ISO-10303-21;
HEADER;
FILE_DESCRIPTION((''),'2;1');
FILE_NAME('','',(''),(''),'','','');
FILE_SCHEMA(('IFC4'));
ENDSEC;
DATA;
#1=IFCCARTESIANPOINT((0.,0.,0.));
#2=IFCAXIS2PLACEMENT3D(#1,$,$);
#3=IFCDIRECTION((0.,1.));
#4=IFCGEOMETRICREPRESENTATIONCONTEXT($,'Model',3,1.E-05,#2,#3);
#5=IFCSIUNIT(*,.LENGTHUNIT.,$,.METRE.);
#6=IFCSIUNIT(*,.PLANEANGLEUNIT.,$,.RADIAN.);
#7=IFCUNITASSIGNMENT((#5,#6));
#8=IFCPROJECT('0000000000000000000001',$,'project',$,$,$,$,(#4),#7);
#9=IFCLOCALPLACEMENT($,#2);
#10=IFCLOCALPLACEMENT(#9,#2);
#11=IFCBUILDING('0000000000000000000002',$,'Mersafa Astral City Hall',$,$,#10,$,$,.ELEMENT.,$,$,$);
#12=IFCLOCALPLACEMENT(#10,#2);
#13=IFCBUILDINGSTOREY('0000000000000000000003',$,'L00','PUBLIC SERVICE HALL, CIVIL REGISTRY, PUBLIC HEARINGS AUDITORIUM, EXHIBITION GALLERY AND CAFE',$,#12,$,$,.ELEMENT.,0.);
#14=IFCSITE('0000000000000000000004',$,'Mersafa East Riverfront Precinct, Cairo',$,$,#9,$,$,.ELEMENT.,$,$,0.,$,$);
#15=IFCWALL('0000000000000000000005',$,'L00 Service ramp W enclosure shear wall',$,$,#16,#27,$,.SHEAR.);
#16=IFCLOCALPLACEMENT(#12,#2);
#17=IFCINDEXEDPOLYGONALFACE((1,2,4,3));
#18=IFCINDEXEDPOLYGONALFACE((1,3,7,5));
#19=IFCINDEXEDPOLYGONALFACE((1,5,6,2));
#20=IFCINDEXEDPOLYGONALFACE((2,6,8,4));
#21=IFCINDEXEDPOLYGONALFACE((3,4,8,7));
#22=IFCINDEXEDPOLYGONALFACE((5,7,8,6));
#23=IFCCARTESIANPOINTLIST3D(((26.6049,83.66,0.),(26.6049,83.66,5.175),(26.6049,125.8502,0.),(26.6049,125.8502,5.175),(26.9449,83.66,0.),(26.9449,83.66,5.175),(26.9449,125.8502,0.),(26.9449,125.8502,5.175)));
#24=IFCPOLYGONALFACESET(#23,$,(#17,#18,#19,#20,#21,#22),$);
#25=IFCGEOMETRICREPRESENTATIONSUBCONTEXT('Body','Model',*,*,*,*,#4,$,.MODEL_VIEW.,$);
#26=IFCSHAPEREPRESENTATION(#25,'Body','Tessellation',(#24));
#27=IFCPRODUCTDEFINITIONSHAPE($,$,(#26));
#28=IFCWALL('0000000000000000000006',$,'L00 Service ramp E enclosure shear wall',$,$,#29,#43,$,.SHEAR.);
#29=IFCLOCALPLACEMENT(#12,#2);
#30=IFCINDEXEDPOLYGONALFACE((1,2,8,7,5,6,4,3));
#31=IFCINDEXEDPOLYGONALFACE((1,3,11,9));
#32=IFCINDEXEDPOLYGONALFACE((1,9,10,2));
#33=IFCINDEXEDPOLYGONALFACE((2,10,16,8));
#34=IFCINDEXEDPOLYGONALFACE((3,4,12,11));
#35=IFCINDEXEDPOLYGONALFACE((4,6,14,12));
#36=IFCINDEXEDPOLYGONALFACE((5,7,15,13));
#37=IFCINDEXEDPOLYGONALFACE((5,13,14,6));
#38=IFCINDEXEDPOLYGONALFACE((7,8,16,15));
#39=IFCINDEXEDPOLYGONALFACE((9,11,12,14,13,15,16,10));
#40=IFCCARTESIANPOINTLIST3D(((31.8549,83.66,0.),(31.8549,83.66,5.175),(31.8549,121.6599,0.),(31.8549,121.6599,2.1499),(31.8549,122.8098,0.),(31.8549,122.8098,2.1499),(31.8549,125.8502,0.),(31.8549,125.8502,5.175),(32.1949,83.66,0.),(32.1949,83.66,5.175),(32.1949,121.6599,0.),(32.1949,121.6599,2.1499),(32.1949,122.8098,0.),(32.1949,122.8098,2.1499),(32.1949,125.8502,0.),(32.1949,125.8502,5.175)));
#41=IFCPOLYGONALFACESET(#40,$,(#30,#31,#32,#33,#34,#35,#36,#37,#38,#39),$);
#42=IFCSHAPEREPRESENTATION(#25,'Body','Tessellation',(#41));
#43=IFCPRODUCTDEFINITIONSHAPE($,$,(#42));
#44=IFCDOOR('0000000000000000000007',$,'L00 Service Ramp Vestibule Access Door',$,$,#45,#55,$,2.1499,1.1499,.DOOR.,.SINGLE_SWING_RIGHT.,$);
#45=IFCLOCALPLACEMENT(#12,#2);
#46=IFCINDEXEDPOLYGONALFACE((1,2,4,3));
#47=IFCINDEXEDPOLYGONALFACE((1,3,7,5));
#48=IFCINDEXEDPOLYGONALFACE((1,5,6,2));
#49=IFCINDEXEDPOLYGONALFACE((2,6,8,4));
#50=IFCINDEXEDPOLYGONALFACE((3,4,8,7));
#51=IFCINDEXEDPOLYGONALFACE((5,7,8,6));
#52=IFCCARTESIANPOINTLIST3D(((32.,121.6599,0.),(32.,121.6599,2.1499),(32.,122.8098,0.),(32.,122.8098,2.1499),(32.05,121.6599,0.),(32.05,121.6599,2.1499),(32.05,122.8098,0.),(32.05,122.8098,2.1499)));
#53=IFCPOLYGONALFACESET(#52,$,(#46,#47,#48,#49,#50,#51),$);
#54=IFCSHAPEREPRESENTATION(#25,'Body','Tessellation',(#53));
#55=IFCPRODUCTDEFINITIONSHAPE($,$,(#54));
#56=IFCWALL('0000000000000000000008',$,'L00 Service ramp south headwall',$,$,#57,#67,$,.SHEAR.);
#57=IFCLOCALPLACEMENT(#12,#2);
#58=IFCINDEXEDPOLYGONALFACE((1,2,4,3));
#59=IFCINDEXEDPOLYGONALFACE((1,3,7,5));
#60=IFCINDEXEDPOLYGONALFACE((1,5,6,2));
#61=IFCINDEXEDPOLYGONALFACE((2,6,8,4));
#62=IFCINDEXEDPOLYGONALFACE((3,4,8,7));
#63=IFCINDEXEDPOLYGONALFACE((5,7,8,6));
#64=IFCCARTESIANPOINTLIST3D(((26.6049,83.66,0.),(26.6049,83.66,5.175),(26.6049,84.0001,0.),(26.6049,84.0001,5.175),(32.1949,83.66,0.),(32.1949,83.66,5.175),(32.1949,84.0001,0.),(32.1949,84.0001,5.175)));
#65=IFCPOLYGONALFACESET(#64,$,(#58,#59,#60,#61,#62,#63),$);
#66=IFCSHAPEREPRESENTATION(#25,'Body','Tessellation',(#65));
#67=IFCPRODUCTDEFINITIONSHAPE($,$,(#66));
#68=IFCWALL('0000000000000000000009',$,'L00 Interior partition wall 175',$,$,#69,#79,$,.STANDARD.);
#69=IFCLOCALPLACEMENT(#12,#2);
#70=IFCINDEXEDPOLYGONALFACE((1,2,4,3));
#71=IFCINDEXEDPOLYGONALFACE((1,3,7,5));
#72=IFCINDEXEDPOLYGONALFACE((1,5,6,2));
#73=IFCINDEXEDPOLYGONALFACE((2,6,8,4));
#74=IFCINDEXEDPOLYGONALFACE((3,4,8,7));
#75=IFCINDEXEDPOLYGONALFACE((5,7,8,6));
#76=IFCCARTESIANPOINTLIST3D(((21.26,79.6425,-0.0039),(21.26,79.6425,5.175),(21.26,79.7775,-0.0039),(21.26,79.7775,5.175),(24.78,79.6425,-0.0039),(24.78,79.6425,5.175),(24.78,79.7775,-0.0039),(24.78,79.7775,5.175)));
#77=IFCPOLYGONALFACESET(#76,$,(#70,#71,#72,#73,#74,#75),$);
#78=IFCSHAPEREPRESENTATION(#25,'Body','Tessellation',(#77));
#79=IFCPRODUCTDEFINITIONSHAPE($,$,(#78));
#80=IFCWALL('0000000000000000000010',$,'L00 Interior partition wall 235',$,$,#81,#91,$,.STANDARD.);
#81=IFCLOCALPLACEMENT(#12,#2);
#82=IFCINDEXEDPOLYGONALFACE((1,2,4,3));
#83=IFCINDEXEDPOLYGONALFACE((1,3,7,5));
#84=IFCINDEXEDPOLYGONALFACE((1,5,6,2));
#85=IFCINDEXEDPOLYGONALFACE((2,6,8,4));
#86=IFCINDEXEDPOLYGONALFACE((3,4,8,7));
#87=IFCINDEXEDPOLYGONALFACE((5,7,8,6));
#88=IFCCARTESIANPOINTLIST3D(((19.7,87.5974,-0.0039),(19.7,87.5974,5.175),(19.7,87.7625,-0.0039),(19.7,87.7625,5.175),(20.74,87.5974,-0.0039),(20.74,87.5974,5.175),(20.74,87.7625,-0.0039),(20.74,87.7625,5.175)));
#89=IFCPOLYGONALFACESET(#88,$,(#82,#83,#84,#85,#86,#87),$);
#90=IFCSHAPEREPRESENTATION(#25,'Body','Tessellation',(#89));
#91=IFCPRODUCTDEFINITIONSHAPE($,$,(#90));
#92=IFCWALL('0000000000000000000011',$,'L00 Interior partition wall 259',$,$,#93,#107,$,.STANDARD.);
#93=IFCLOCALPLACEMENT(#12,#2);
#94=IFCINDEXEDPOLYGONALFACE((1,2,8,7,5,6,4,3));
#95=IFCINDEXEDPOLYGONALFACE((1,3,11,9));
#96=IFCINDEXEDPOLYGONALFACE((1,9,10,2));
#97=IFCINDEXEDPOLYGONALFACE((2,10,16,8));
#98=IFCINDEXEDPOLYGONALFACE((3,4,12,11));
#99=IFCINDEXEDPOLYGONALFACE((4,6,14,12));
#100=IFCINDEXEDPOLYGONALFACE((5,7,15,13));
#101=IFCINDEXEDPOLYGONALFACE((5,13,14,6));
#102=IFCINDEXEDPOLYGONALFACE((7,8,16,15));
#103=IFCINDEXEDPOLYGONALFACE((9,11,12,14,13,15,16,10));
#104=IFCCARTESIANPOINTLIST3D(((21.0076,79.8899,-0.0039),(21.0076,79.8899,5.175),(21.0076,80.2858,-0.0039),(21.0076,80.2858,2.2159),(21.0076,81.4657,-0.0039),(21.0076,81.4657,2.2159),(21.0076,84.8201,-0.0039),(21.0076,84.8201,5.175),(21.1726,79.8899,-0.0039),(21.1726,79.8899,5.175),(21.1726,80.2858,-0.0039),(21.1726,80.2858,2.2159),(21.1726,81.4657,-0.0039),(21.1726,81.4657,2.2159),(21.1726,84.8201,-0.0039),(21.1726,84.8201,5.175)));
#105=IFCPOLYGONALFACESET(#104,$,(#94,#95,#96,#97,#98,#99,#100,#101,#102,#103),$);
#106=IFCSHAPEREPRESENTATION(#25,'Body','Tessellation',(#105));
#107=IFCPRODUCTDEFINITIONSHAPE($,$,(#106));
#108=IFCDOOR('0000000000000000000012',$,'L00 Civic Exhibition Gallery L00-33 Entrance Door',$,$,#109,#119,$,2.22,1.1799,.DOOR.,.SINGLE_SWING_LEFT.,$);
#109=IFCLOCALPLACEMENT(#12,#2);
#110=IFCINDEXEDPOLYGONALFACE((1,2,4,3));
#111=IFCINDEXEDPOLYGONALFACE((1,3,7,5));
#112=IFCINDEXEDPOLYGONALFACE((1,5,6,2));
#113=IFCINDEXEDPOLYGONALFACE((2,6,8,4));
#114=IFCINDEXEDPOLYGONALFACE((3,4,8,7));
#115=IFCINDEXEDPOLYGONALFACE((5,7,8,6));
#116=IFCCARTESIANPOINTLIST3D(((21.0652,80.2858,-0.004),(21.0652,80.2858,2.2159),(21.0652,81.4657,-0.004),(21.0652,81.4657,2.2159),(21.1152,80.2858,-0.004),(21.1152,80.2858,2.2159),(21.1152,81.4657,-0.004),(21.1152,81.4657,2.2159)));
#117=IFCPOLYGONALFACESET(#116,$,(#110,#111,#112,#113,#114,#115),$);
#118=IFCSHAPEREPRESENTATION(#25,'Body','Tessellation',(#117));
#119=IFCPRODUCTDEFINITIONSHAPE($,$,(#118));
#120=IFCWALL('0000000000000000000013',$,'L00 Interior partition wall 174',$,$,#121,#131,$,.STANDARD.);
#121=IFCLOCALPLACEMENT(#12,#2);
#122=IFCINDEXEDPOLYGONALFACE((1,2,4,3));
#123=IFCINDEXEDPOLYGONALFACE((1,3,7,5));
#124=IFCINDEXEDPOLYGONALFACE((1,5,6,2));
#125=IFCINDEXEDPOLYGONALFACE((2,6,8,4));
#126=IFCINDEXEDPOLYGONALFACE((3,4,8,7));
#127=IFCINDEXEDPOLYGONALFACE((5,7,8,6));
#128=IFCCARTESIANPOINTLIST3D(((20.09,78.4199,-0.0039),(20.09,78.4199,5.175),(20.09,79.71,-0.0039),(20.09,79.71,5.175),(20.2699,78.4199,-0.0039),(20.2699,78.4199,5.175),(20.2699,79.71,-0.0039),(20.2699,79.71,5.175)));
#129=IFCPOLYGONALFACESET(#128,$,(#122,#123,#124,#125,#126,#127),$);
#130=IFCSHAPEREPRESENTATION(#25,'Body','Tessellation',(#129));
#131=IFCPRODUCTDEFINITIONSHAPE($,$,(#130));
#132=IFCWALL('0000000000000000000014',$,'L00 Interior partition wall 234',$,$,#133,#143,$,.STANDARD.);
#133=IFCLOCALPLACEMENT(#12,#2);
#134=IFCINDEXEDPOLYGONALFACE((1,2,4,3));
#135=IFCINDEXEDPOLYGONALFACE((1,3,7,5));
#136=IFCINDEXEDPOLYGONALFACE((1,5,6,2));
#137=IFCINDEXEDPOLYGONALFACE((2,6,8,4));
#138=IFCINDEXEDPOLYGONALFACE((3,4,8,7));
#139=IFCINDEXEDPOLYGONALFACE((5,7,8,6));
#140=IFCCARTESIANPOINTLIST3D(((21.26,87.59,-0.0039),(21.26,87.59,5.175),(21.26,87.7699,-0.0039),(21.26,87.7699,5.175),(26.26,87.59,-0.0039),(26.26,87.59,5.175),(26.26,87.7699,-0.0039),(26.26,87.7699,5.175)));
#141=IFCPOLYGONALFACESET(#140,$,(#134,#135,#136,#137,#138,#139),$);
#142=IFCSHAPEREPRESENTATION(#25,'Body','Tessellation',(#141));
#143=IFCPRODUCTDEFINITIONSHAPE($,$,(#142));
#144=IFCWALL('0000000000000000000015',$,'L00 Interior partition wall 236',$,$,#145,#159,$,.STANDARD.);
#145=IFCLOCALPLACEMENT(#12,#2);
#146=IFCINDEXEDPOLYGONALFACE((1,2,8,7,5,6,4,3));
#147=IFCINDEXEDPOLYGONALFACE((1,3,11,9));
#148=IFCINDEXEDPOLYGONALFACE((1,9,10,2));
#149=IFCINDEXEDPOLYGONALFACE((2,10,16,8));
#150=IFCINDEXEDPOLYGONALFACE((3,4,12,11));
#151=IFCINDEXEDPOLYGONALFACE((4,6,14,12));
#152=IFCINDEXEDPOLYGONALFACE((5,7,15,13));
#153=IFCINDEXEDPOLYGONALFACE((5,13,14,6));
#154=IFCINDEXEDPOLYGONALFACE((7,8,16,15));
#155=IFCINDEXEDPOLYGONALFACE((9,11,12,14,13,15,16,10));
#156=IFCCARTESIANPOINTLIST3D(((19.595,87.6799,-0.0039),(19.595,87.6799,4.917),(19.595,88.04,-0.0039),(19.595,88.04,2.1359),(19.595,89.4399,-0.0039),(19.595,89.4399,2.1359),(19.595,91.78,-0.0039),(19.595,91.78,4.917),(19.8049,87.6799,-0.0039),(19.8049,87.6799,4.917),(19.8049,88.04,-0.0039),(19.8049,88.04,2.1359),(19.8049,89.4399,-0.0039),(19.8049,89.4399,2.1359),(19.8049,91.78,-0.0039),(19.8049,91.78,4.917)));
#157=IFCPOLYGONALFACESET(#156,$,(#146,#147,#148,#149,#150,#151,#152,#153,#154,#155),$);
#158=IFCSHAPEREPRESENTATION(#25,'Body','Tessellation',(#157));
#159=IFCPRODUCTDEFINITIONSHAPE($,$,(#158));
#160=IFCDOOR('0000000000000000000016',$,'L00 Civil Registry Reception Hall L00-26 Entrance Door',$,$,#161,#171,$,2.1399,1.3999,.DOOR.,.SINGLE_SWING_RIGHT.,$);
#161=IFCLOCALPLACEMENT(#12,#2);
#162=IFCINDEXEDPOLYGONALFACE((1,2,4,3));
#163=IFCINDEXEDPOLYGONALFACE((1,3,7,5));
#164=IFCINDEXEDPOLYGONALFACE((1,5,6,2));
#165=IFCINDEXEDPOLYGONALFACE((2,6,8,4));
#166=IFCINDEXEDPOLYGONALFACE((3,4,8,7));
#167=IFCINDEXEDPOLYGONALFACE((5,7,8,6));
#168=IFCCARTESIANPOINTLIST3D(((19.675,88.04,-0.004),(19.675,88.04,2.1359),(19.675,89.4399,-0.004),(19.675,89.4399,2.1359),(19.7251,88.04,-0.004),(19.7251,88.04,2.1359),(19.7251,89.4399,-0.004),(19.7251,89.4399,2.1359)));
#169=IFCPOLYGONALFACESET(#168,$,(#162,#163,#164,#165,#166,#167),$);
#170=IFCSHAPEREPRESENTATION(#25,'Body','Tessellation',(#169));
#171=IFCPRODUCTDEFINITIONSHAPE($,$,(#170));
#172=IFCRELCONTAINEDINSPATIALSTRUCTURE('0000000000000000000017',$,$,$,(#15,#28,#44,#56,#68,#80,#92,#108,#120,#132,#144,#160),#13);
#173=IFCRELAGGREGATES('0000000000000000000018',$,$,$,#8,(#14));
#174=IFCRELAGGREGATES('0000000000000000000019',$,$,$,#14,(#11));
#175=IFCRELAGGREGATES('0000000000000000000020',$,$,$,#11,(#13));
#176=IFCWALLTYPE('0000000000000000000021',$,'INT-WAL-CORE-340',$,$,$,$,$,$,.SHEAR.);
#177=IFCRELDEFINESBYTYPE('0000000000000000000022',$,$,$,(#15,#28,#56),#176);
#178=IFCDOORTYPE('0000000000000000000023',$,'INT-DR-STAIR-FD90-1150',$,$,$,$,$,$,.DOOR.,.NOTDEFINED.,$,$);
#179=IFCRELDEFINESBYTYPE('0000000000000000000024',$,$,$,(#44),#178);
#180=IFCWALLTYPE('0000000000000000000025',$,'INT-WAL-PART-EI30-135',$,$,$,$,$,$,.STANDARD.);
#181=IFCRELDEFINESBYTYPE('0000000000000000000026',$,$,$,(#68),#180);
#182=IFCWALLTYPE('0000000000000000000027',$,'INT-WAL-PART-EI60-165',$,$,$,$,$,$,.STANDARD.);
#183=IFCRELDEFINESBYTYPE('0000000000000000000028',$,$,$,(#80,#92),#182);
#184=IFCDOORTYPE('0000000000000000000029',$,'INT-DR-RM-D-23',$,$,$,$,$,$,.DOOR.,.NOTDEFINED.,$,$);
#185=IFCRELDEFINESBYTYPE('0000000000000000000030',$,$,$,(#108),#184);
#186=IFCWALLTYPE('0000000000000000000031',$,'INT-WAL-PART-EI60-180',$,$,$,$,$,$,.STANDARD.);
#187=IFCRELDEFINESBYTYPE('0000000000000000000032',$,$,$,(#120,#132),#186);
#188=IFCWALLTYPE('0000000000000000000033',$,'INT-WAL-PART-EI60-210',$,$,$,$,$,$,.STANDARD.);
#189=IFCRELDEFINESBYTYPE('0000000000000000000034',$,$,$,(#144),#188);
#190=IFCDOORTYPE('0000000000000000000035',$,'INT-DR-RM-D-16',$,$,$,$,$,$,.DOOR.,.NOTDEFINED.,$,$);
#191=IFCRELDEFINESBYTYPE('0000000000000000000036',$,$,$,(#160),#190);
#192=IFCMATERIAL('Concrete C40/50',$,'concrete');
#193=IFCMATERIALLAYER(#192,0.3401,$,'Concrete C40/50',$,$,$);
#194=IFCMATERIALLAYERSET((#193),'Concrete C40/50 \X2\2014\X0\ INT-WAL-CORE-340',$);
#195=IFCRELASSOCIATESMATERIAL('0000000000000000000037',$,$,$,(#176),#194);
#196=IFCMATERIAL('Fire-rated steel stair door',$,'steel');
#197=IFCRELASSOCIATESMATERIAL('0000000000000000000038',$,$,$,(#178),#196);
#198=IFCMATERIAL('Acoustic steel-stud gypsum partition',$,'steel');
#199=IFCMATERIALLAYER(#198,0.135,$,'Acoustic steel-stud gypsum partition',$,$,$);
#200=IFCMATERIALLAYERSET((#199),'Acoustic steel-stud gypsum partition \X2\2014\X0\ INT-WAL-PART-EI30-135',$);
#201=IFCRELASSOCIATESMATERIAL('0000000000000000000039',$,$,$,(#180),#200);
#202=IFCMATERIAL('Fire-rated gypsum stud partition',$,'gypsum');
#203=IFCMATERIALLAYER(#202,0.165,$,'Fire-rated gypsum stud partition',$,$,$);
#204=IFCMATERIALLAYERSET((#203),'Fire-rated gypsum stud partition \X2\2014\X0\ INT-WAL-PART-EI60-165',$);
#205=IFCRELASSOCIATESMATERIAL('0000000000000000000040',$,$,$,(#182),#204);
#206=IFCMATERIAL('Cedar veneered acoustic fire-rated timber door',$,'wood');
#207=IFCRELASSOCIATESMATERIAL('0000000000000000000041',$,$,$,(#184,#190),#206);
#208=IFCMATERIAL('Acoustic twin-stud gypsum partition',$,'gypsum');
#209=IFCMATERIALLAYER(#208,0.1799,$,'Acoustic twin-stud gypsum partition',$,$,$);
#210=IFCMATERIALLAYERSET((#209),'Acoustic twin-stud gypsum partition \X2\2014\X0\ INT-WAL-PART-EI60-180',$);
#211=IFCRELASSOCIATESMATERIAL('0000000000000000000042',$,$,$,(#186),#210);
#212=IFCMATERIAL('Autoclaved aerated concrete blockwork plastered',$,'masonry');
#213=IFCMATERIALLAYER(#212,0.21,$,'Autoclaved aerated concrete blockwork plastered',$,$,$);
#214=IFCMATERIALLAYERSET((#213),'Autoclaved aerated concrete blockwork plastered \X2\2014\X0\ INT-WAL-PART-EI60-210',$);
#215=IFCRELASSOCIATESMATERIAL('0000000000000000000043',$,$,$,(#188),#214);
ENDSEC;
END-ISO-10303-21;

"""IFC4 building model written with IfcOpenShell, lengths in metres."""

from ifc_helpers import new_model, si_unit, direction, frame, frame_2d, origin, place, context, subcontext, project, spatial, rectangle, extrude, material, layer, layer_set, type_object, element, fill, save


model = new_model("IFC4")

# Units and contexts
model_context = context("Model", 3, precision=1e-05, world=origin(), true_north=direction((0.0, 1.0)))
body_context = subcontext(model_context, "Body", "Model", "MODEL_VIEW")
ifc_project = project(units=[si_unit("LENGTHUNIT", "METRE"), si_unit("PLANEANGLEUNIT", "RADIAN")], contexts=[model_context])

# Site, building, storey
site_placement = place(None, origin())
site = spatial("IfcSite", under=ifc_project, at=site_placement, Name="Mersafa East Riverfront Precinct, Cairo", CompositionType="ELEMENT", RefElevation=0.0)
building_placement = place(site_placement, origin())
building = spatial("IfcBuilding", under=site, at=building_placement, Name="Mersafa Astral City Hall", CompositionType="ELEMENT")
storey_placement = place(building_placement, origin())
storey = spatial("IfcBuildingStorey", under=building, at=storey_placement, Name="L00", Description="PUBLIC SERVICE HALL, CIVIL REGISTRY, PUBLIC HEARINGS AUDITORIUM, EXHIBITION GALLERY AND CAFE", CompositionType="ELEMENT", Elevation=0.0)

# Wall
ifc_material_1 = material(Name="Concrete C40/50", Category="concrete")
ifc_layer_1 = layer(ifc_material_1, 0.3401, Name="Concrete C40/50")
ifc_layer_set_1 = layer_set([ifc_layer_1], Name="Concrete C40/50 — INT-WAL-CORE-340")
wall_type_1 = type_object("IfcWallType", Name="INT-WAL-CORE-340", PredefinedType="SHEAR", material=ifc_layer_set_1)
wall_1_placement = place(storey_placement, frame((26.7749, 83.6599, 0.0), z_axis=(0.0, 0.0, 1.0), x_axis=(0.0, 1.0, 0.0)))
element("IfcWall", 1, at=wall_1_placement, inside=storey, type_object=wall_type_1, Name="L00 Service ramp W enclosure shear wall", PredefinedType="SHEAR", context=body_context, shape_type="SweptSolid", body=[
    extrude(rectangle(XDim=42.1902, YDim=0.3401, at=frame_2d((21.0952, 0.0))), origin(), (0.0, 0.0, 1.0), 5.175),
])

# Wall, opening, door
wall_2_placement = place(storey_placement, frame((32.0249, 83.6599, 0.0), z_axis=(0.0, 0.0, 1.0), x_axis=(0.0, 1.0, 0.0)))
wall_2 = element("IfcWall", 2, at=wall_2_placement, inside=storey, type_object=wall_type_1, Name="L00 Service ramp E enclosure shear wall", PredefinedType="SHEAR", context=body_context, shape_type="SweptSolid", body=[
    extrude(rectangle(XDim=42.1902, YDim=0.3401, at=frame_2d((21.0952, 0.0))), origin(), (0.0, 0.0, 1.0), 5.175),
])
opening_1_placement = place(wall_2_placement, frame((38.0, 0.0, 0.0)))
opening_1 = element("IfcOpeningElement", 3, at=opening_1_placement, cuts=wall_2, PredefinedType="OPENING", context=body_context, shape_type="SweptSolid", body=[
    extrude(rectangle(XDim=1.1499, YDim=2.1499, at=frame_2d((0.575, 1.075))), frame((0.0, 0.1799, 0.0), z_axis=(0.0, -1.0, 0.0), x_axis=(1.0, 0.0, 0.0)), (0.0, 0.0, 1.0), 0.3601),
])
ifc_material_2 = material(Name="Fire-rated steel stair door", Category="steel")
door_type_1 = type_object("IfcDoorType", Name="INT-DR-STAIR-FD90-1150", OperationType="NOTDEFINED", PredefinedType="DOOR", material=ifc_material_2)
door_1_placement = place(opening_1_placement, origin())
door_1 = element("IfcDoor", 4, at=door_1_placement, inside=storey, type_object=door_type_1, Name="L00 Service Ramp Vestibule Access Door", OperationType="SINGLE_SWING_RIGHT", OverallHeight=2.1499, OverallWidth=1.1499, PredefinedType="DOOR", context=body_context, shape_type="SweptSolid", body=[
    extrude(rectangle(XDim=1.1499, YDim=2.1499, at=frame_2d((0.575, 1.075))), frame((0.0, 0.0249, 0.0), z_axis=(0.0, -1.0, 0.0), x_axis=(1.0, 0.0, 0.0)), (0.0, 0.0, 1.0), 0.05),
])
fill(opening_1, door_1)

# Walls
wall_3_placement = place(storey_placement, frame((26.605, 83.8301, 0.0), z_axis=(0.0, 0.0, 1.0), x_axis=(1.0, 0.0, 0.0)))
element("IfcWall", 5, at=wall_3_placement, inside=storey, type_object=wall_type_1, Name="L00 Service ramp south headwall", PredefinedType="SHEAR", context=body_context, shape_type="SweptSolid", body=[
    extrude(rectangle(XDim=5.5901, YDim=0.3401, at=frame_2d((2.7949, 0.0))), origin(), (0.0, 0.0, 1.0), 5.175),
])
ifc_material_3 = material(Name="Acoustic steel-stud gypsum partition", Category="steel")
ifc_layer_2 = layer(ifc_material_3, 0.135, Name="Acoustic steel-stud gypsum partition")
ifc_layer_set_2 = layer_set([ifc_layer_2], Name="Acoustic steel-stud gypsum partition — INT-WAL-PART-EI30-135")
wall_type_2 = type_object("IfcWallType", Name="INT-WAL-PART-EI30-135", PredefinedType="STANDARD", material=ifc_layer_set_2)
wall_4_placement = place(storey_placement, frame((21.26, 79.71, -0.0039), z_axis=(0.0, 0.0, 1.0), x_axis=(1.0, 0.0, 0.0)))
element("IfcWall", 6, at=wall_4_placement, inside=storey, type_object=wall_type_2, Name="L00 Interior partition wall 175", PredefinedType="STANDARD", context=body_context, shape_type="SweptSolid", body=[
    extrude(rectangle(XDim=3.52, YDim=0.135, at=frame_2d((1.76, 0.0))), origin(), (0.0, 0.0, 1.0), 5.179),
])
ifc_material_4 = material(Name="Fire-rated gypsum stud partition", Category="gypsum")
ifc_layer_3 = layer(ifc_material_4, 0.165, Name="Fire-rated gypsum stud partition")
ifc_layer_set_3 = layer_set([ifc_layer_3], Name="Fire-rated gypsum stud partition — INT-WAL-PART-EI60-165")
wall_type_3 = type_object("IfcWallType", Name="INT-WAL-PART-EI60-165", PredefinedType="STANDARD", material=ifc_layer_set_3)
wall_5_placement = place(storey_placement, frame((20.74, 87.6799, -0.0039), z_axis=(0.0, 0.0, 1.0), x_axis=(-1.0, 0.0, 0.0)))
element("IfcWall", 7, at=wall_5_placement, inside=storey, type_object=wall_type_3, Name="L00 Interior partition wall 235", PredefinedType="STANDARD", context=body_context, shape_type="SweptSolid", body=[
    extrude(rectangle(XDim=1.04, YDim=0.165, at=frame_2d((0.52, 0.0))), origin(), (0.0, 0.0, 1.0), 5.179),
])

# Wall, opening, door
wall_6_placement = place(storey_placement, frame((21.0901, 79.8899, -0.0039), z_axis=(0.0, 0.0, 1.0), x_axis=(0.0, 1.0, 0.0)))
wall_6 = element("IfcWall", 8, at=wall_6_placement, inside=storey, type_object=wall_type_3, Name="L00 Interior partition wall 259", PredefinedType="STANDARD", context=body_context, shape_type="SweptSolid", body=[
    extrude(rectangle(XDim=4.9302, YDim=0.165, at=frame_2d((2.4651, 0.0))), origin(), (0.0, 0.0, 1.0), 5.179),
])
opening_2_placement = place(wall_6_placement, frame((0.396, 0.0, 0.0)))
opening_2 = element("IfcOpeningElement", 9, at=opening_2_placement, cuts=wall_6, PredefinedType="OPENING", context=body_context, shape_type="SweptSolid", body=[
    extrude(rectangle(XDim=1.1799, YDim=2.22, at=frame_2d((0.5898, 1.1099))), frame((0.0, 0.0925, 0.0), z_axis=(0.0, -1.0, 0.0), x_axis=(1.0, 0.0, 0.0)), (0.0, 0.0, 1.0), 0.1851),
])
ifc_material_5 = material(Name="Cedar veneered acoustic fire-rated timber door", Category="wood")
door_type_2 = type_object("IfcDoorType", Name="INT-DR-RM-D-23", OperationType="NOTDEFINED", PredefinedType="DOOR", material=ifc_material_5)
door_2_placement = place(opening_2_placement, origin())
door_2 = element("IfcDoor", 10, at=door_2_placement, inside=storey, type_object=door_type_2, Name="L00 Civic Exhibition Gallery L00-33 Entrance Door", OperationType="SINGLE_SWING_LEFT", OverallHeight=2.22, OverallWidth=1.1799, PredefinedType="DOOR", context=body_context, shape_type="SweptSolid", body=[
    extrude(rectangle(XDim=1.1799, YDim=2.22, at=frame_2d((0.5898, 1.1099))), frame((0.0, 0.0249, 0.0), z_axis=(0.0, -1.0, 0.0), x_axis=(1.0, 0.0, 0.0)), (0.0, 0.0, 1.0), 0.05),
])
fill(opening_2, door_2)

# Walls
ifc_material_6 = material(Name="Acoustic twin-stud gypsum partition", Category="gypsum")
ifc_layer_4 = layer(ifc_material_6, 0.1799, Name="Acoustic twin-stud gypsum partition")
ifc_layer_set_4 = layer_set([ifc_layer_4], Name="Acoustic twin-stud gypsum partition — INT-WAL-PART-EI60-180")
wall_type_4 = type_object("IfcWallType", Name="INT-WAL-PART-EI60-180", PredefinedType="STANDARD", material=ifc_layer_set_4)
wall_7_placement = place(storey_placement, frame((20.1799, 78.4199, -0.0039), z_axis=(0.0, 0.0, 1.0), x_axis=(0.0, 1.0, 0.0)))
element("IfcWall", 11, at=wall_7_placement, inside=storey, type_object=wall_type_4, Name="L00 Interior partition wall 174", PredefinedType="STANDARD", context=body_context, shape_type="SweptSolid", body=[
    extrude(rectangle(XDim=1.29, YDim=0.1799, at=frame_2d((0.645, 0.0))), origin(), (0.0, 0.0, 1.0), 5.179),
])
wall_8_placement = place(storey_placement, frame((26.26, 87.6799, -0.0039), z_axis=(0.0, 0.0, 1.0), x_axis=(-1.0, 0.0, 0.0)))
element("IfcWall", 12, at=wall_8_placement, inside=storey, type_object=wall_type_4, Name="L00 Interior partition wall 234", PredefinedType="STANDARD", context=body_context, shape_type="SweptSolid", body=[
    extrude(rectangle(XDim=5.0, YDim=0.1799, at=frame_2d((2.5, 0.0))), origin(), (0.0, 0.0, 1.0), 5.179),
])

# Wall, opening, door
ifc_material_7 = material(Name="Autoclaved aerated concrete blockwork plastered", Category="masonry")
ifc_layer_5 = layer(ifc_material_7, 0.21, Name="Autoclaved aerated concrete blockwork plastered")
ifc_layer_set_5 = layer_set([ifc_layer_5], Name="Autoclaved aerated concrete blockwork plastered — INT-WAL-PART-EI60-210")
wall_type_5 = type_object("IfcWallType", Name="INT-WAL-PART-EI60-210", PredefinedType="STANDARD", material=ifc_layer_set_5)
wall_9_placement = place(storey_placement, frame((19.7, 87.6799, -0.0039), z_axis=(0.0, 0.0, 1.0), x_axis=(0.0, 1.0, 0.0)))
wall_9 = element("IfcWall", 13, at=wall_9_placement, inside=storey, type_object=wall_type_5, Name="L00 Interior partition wall 236", PredefinedType="STANDARD", context=body_context, shape_type="SweptSolid", body=[
    extrude(rectangle(XDim=4.1001, YDim=0.21, at=frame_2d((2.05, 0.0))), origin(), (0.0, 0.0, 1.0), 4.9209),
])
opening_3_placement = place(wall_9_placement, frame((0.3601, 0.0, 0.0)))
opening_3 = element("IfcOpeningElement", 14, at=opening_3_placement, cuts=wall_9, PredefinedType="OPENING", context=body_context, shape_type="SweptSolid", body=[
    extrude(rectangle(XDim=1.3999, YDim=2.1399, at=frame_2d((0.7, 1.0698))), frame((0.0, 0.115, 0.0), z_axis=(0.0, -1.0, 0.0), x_axis=(1.0, 0.0, 0.0)), (0.0, 0.0, 1.0), 0.23),
])
door_type_3 = type_object("IfcDoorType", Name="INT-DR-RM-D-16", OperationType="NOTDEFINED", PredefinedType="DOOR", material=ifc_material_5)
door_3_placement = place(opening_3_placement, origin())
door_3 = element("IfcDoor", 15, at=door_3_placement, inside=storey, type_object=door_type_3, Name="L00 Civil Registry Reception Hall L00-26 Entrance Door", OperationType="SINGLE_SWING_RIGHT", OverallHeight=2.1399, OverallWidth=1.3999, PredefinedType="DOOR", context=body_context, shape_type="SweptSolid", body=[
    extrude(rectangle(XDim=1.3999, YDim=2.1399, at=frame_2d((0.7, 1.0698))), frame((0.0, 0.0249, 0.0), z_axis=(0.0, -1.0, 0.0), x_axis=(1.0, 0.0, 0.0)), (0.0, 0.0, 1.0), 0.05),
])
fill(opening_3, door_3)

save(model, "model.ifc")
